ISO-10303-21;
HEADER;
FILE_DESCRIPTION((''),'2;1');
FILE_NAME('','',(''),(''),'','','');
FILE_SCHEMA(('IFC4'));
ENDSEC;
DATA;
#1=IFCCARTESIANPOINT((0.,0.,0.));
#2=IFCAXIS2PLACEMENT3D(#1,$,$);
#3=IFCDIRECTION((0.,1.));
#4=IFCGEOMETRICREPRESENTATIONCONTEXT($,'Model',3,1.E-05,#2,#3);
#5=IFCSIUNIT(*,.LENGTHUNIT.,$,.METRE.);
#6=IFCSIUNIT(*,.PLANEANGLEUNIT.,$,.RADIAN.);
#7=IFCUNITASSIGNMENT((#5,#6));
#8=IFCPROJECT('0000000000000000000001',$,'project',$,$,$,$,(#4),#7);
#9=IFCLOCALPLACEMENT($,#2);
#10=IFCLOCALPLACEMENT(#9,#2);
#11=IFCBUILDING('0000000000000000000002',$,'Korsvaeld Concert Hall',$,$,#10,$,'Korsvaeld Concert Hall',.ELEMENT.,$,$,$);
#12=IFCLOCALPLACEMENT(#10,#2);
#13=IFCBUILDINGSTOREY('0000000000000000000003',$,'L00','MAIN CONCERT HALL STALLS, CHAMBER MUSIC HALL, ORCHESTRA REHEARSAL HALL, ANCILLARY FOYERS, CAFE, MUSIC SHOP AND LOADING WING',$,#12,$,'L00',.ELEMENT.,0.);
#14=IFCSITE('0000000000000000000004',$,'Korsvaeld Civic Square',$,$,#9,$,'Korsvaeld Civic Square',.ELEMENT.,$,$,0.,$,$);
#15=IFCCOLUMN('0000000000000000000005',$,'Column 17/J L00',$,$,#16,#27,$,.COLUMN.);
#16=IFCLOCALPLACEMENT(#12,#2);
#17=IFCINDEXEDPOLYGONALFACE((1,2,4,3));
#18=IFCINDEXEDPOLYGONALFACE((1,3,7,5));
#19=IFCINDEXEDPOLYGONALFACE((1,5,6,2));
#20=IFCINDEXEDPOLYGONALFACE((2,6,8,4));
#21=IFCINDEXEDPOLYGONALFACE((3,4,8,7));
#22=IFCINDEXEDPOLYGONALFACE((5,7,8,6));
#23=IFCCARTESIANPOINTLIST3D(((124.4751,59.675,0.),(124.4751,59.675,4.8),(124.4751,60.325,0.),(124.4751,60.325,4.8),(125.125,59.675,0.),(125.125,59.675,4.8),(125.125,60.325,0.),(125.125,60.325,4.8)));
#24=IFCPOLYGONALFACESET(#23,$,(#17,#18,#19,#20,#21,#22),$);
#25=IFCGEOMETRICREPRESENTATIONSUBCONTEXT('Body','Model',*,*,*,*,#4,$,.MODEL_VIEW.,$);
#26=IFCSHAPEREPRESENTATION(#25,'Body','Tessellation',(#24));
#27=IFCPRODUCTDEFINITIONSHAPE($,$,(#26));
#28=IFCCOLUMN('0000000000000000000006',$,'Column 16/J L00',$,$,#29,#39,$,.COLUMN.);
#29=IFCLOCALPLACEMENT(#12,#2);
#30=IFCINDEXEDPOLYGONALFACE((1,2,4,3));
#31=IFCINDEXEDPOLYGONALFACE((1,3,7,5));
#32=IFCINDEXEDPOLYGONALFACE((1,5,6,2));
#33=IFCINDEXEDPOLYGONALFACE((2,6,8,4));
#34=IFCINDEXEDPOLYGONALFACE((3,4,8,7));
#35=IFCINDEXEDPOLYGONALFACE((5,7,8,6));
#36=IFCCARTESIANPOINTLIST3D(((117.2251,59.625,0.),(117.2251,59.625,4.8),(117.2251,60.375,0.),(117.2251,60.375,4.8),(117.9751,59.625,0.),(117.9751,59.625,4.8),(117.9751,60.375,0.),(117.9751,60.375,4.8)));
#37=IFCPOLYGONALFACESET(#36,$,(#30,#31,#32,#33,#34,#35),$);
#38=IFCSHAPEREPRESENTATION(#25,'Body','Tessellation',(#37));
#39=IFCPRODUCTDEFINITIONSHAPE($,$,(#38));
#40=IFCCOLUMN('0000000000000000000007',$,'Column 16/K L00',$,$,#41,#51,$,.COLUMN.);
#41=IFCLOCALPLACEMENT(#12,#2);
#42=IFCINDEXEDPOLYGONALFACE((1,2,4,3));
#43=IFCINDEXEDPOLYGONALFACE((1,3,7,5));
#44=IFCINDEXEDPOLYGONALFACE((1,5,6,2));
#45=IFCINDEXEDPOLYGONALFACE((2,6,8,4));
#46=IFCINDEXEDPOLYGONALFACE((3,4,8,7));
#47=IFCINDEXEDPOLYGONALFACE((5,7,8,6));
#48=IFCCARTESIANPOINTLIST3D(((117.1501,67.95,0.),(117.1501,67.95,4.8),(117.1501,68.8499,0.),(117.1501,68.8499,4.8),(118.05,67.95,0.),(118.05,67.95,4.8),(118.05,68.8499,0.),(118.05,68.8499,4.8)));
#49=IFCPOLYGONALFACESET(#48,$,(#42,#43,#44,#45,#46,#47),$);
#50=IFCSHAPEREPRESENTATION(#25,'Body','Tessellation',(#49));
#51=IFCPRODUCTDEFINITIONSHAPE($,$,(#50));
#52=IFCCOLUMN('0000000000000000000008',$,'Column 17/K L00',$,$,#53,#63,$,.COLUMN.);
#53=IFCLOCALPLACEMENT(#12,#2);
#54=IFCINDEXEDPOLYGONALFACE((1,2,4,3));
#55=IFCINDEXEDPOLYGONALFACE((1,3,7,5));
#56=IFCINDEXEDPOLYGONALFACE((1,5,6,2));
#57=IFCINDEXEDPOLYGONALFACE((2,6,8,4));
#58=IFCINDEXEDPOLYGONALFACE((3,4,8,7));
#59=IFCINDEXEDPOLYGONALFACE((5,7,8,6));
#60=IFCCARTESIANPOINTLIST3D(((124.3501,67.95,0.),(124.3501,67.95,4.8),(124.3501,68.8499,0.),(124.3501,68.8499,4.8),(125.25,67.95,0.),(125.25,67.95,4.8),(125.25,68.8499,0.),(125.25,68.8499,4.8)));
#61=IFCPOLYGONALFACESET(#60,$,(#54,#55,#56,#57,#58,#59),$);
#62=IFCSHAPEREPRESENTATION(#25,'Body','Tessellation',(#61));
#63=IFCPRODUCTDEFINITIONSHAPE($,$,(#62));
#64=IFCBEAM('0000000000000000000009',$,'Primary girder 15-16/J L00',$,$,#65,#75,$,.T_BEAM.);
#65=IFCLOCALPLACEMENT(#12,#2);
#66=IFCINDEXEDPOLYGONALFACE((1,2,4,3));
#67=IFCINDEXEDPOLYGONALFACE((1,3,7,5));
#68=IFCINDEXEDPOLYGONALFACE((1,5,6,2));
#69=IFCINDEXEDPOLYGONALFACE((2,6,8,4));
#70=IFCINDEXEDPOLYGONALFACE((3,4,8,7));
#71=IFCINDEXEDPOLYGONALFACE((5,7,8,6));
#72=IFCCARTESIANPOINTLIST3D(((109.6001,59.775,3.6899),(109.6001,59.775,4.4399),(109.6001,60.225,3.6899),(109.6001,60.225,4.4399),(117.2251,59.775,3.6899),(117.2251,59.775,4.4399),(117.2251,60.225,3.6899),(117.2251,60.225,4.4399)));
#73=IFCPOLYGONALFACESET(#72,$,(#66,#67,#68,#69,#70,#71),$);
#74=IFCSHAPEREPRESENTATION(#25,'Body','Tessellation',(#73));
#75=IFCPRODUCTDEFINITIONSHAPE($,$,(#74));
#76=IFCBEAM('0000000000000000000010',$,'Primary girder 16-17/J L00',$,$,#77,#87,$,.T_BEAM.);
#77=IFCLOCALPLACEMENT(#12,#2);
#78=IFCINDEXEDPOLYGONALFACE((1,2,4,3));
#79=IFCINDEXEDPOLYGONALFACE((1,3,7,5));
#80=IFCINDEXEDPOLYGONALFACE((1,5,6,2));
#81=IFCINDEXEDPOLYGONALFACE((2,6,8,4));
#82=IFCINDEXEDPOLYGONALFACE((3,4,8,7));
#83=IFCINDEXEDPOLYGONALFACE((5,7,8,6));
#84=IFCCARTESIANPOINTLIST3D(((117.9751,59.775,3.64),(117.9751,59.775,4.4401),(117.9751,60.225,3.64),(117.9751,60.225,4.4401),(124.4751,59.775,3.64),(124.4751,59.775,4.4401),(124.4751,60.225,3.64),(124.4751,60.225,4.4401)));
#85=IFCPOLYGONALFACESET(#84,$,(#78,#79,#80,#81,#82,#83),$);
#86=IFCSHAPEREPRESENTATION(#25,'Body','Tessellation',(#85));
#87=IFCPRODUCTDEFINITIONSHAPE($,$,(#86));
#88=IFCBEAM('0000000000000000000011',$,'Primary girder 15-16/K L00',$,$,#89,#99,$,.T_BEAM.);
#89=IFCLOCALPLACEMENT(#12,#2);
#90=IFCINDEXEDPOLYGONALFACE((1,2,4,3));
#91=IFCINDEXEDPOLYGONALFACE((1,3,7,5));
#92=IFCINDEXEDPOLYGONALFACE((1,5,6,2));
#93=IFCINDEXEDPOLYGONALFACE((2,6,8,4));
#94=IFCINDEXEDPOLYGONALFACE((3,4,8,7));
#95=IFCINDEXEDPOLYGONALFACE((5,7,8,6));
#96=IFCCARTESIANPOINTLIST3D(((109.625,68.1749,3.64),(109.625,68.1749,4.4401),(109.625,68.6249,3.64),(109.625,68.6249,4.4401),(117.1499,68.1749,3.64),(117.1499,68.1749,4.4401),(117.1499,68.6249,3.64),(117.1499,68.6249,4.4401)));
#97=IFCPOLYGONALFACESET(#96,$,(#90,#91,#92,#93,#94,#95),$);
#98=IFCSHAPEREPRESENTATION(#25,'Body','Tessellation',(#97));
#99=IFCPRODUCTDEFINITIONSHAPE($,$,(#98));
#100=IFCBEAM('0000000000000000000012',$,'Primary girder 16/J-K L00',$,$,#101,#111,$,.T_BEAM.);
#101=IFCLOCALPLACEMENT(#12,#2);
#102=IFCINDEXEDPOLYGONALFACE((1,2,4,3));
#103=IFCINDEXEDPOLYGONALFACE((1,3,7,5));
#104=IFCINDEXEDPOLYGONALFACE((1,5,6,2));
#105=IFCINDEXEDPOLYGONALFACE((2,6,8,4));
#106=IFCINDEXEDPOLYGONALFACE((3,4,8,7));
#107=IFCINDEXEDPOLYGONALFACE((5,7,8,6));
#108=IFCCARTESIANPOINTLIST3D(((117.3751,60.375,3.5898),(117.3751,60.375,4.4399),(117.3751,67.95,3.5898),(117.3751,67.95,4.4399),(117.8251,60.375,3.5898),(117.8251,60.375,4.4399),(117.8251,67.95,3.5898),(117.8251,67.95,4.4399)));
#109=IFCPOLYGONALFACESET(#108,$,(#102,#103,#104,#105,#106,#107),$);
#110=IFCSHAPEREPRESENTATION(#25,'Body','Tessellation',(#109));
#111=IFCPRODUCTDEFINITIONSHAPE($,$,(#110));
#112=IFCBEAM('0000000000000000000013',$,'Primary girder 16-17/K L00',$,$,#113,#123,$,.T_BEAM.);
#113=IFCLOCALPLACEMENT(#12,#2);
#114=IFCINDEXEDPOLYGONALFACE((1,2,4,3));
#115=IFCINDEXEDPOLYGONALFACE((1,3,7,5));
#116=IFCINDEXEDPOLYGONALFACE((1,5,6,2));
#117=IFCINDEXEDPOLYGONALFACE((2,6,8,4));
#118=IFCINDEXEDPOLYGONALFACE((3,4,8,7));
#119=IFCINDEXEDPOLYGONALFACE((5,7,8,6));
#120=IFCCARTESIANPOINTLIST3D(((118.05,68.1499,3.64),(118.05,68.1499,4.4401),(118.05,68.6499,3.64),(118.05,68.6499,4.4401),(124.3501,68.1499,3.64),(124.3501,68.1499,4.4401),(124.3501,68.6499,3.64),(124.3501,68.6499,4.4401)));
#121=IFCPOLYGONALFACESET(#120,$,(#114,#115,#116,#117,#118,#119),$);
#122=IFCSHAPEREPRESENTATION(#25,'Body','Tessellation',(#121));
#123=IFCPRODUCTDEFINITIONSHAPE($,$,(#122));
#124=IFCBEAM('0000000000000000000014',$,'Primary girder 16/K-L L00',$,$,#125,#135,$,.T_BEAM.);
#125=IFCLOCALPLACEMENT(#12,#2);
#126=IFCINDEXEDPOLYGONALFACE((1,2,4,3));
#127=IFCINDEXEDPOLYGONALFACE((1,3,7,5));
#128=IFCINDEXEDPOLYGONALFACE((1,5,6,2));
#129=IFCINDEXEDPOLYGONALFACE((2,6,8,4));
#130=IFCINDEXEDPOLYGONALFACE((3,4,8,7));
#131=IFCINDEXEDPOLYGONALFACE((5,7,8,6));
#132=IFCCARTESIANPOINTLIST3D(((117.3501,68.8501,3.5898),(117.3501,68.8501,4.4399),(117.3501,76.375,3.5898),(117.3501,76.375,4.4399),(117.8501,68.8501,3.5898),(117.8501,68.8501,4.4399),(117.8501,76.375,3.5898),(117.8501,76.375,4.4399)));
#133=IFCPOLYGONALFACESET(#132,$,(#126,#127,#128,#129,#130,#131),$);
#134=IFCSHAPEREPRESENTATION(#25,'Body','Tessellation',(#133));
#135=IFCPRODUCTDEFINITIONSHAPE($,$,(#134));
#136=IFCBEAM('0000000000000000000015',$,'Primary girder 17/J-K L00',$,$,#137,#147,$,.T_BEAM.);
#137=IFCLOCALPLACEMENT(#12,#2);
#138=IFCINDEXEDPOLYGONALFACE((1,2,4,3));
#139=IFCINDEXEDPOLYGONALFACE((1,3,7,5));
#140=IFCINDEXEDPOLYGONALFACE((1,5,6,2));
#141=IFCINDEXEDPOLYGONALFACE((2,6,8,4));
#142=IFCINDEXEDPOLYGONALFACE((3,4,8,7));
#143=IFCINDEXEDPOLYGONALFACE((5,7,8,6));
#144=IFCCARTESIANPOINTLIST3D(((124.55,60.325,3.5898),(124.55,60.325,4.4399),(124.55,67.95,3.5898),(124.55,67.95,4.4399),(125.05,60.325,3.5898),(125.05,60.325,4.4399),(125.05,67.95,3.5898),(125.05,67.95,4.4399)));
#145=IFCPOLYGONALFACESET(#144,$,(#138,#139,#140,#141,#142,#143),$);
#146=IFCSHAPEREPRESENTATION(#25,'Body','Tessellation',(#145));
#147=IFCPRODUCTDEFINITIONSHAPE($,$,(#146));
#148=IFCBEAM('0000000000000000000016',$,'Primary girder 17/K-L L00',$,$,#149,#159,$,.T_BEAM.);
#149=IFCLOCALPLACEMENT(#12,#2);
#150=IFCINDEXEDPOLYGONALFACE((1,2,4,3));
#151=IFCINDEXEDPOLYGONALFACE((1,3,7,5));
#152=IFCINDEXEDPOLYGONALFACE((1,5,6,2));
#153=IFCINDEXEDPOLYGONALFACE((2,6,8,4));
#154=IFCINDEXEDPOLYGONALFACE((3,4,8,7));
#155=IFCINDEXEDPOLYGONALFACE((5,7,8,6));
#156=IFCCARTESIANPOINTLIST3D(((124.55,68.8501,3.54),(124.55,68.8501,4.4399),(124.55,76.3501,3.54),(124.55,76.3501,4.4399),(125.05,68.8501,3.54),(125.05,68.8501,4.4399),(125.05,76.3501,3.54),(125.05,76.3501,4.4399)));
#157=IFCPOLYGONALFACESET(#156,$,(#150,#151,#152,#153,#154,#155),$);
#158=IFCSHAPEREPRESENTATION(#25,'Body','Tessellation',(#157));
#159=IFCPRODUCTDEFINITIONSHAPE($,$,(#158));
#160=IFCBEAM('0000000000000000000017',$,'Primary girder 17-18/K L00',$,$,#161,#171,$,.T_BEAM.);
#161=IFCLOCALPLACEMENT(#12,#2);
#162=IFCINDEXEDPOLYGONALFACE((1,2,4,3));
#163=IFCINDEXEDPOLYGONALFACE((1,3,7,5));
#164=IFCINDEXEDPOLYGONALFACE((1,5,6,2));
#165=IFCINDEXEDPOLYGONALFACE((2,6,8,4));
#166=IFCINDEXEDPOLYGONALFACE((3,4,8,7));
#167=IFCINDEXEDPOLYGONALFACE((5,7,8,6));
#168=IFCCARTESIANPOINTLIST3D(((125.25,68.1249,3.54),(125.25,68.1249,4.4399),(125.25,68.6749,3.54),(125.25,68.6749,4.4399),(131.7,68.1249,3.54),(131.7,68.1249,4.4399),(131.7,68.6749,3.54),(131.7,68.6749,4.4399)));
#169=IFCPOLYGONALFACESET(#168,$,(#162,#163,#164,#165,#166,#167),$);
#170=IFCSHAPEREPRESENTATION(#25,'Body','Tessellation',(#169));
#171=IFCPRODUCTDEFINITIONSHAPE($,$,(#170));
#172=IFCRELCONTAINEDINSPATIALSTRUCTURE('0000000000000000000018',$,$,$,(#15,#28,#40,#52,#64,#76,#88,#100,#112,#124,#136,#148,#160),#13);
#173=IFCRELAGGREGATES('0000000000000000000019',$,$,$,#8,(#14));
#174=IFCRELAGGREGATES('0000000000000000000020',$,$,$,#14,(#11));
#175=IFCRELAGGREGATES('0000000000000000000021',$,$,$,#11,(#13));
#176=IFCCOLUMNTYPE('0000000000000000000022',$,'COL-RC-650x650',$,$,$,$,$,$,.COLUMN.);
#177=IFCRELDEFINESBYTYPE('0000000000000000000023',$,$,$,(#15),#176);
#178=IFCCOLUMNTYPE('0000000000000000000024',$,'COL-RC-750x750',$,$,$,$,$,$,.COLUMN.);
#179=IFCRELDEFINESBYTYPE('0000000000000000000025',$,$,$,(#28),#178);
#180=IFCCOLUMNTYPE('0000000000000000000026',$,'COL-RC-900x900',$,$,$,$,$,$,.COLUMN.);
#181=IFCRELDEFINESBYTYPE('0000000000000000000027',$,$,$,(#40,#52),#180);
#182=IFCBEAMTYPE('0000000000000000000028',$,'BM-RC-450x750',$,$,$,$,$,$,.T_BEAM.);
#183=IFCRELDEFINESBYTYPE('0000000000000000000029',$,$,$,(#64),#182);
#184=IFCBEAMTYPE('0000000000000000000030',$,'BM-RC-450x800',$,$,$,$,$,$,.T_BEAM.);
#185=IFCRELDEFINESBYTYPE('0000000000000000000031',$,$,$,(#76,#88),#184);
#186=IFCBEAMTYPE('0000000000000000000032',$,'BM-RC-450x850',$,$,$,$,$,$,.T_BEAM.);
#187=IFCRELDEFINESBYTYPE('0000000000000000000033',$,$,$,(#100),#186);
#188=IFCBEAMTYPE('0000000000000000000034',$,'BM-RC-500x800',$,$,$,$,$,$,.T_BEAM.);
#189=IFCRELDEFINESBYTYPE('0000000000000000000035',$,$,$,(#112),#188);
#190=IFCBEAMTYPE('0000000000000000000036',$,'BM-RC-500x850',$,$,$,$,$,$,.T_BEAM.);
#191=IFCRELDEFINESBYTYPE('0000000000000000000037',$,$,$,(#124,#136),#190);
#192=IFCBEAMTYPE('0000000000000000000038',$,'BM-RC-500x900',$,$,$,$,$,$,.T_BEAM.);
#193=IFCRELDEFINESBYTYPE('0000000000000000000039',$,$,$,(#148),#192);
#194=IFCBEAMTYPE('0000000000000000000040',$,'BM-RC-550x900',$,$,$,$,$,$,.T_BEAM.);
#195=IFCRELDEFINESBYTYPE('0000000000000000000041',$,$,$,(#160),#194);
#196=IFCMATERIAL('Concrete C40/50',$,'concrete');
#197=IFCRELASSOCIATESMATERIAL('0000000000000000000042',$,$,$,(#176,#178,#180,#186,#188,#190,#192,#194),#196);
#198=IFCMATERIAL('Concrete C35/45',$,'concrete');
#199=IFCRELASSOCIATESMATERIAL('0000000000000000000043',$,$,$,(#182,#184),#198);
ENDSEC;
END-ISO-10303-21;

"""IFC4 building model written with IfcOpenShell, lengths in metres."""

from ifc_helpers import new_model, si_unit, direction, frame, origin, origin_2d, place, context, subcontext, project, spatial, rectangle, extrude, material, material_profile, profile_set, type_object, element, save


model = new_model("IFC4")

# Units and contexts
model_context = context("Model", 3, precision=1e-05, world=origin(), true_north=direction((0.0, 1.0)))
body_context = subcontext(model_context, "Body", "Model", "MODEL_VIEW")
ifc_project = project(units=[si_unit("LENGTHUNIT", "METRE"), si_unit("PLANEANGLEUNIT", "RADIAN")], contexts=[model_context])

# Site, building, storey
site_placement = place(None, origin())
site = spatial("IfcSite", under=ifc_project, at=site_placement, Name="Korsvaeld Civic Square", LongName="Korsvaeld Civic Square", CompositionType="ELEMENT", RefElevation=0.0)
building_placement = place(site_placement, origin())
building = spatial("IfcBuilding", under=site, at=building_placement, Name="Korsvaeld Concert Hall", LongName="Korsvaeld Concert Hall", CompositionType="ELEMENT")
storey_placement = place(building_placement, origin())
storey = spatial("IfcBuildingStorey", under=building, at=storey_placement, Name="L00", Description="MAIN CONCERT HALL STALLS, CHAMBER MUSIC HALL, ORCHESTRA REHEARSAL HALL, ANCILLARY FOYERS, CAFE, MUSIC SHOP AND LOADING WING", LongName="L00", CompositionType="ELEMENT", Elevation=0.0)

# Columns
ifc_material_1 = material(Name="Concrete C40/50", Category="concrete")
ifc_material_profile_1 = material_profile(ifc_material_1, rectangle(XDim=0.6499, YDim=0.6499, at=origin_2d()), Name="RC 650x650")
ifc_profile_set_1 = profile_set([ifc_material_profile_1], Name="Concrete C40/50")
column_type_1 = type_object("IfcColumnType", Name="COL-RC-650x650", PredefinedType="COLUMN", material=ifc_profile_set_1)
column_1_placement = place(storey_placement, frame((124.8, 60.0, 0.0), z_axis=(0.0, 0.0, 1.0), x_axis=(1.0, 0.0, 0.0)))
element("IfcColumn", 1, at=column_1_placement, inside=storey, type_object=column_type_1, Name="Column 17/J L00", PredefinedType="COLUMN", context=body_context, shape_type="SweptSolid", body=[
    extrude(rectangle(XDim=0.6499, YDim=0.6499, at=origin_2d()), origin(), (0.0, 0.0, 1.0), 4.8),
])
ifc_material_profile_2 = material_profile(ifc_material_1, rectangle(XDim=0.75, YDim=0.75, at=origin_2d()), Name="RC 750x750")
ifc_profile_set_2 = profile_set([ifc_material_profile_2], Name="Concrete C40/50")
column_type_2 = type_object("IfcColumnType", Name="COL-RC-750x750", PredefinedType="COLUMN", material=ifc_profile_set_2)
column_2_placement = place(storey_placement, frame((117.6001, 60.0, 0.0), z_axis=(0.0, 0.0, 1.0), x_axis=(1.0, 0.0, 0.0)))
element("IfcColumn", 2, at=column_2_placement, inside=storey, type_object=column_type_2, Name="Column 16/J L00", PredefinedType="COLUMN", context=body_context, shape_type="SweptSolid", body=[
    extrude(rectangle(XDim=0.75, YDim=0.75, at=origin_2d()), origin(), (0.0, 0.0, 1.0), 4.8),
])
ifc_material_profile_3 = material_profile(ifc_material_1, rectangle(XDim=0.8999, YDim=0.8999, at=origin_2d()), Name="RC 900x900")
ifc_profile_set_3 = profile_set([ifc_material_profile_3], Name="Concrete C40/50")
column_type_3 = type_object("IfcColumnType", Name="COL-RC-900x900", PredefinedType="COLUMN", material=ifc_profile_set_3)
for number, where, z_axis, x_axis, name in (
    (3, (117.6001, 68.3999, 0.0), (0.0, 0.0, 1.0), (1.0, 0.0, 0.0), "Column 16/K L00"),
    (4, (124.8, 68.3999, 0.0), (0.0, 0.0, 1.0), (1.0, 0.0, 0.0), "Column 17/K L00"),
):
    element("IfcColumn", number, at=place(storey_placement, frame(where, z_axis=z_axis, x_axis=x_axis)), inside=storey, type_object=column_type_3, Name=name, PredefinedType="COLUMN", context=body_context, shape_type="SweptSolid", body=[
        extrude(rectangle(XDim=0.8999, YDim=0.8999, at=origin_2d()), origin(), (0.0, 0.0, 1.0), 4.8),
    ])

# Beams
ifc_material_2 = material(Name="Concrete C35/45", Category="concrete")
ifc_material_profile_4 = material_profile(ifc_material_2, rectangle(XDim=0.45, YDim=0.75, at=origin_2d()), Name="RC 450x750")
ifc_profile_set_4 = profile_set([ifc_material_profile_4], Name="Concrete C35/45")
beam_type_1 = type_object("IfcBeamType", Name="BM-RC-450x750", PredefinedType="T_BEAM", material=ifc_profile_set_4)
beam_1_placement = place(storey_placement, frame((109.6001, 60.0, 4.0649), z_axis=(1.0, 0.0, 0.0), x_axis=(0.0, 1.0, 0.0)))
element("IfcBeam", 5, at=beam_1_placement, inside=storey, type_object=beam_type_1, Name="Primary girder 15-16/J L00", PredefinedType="T_BEAM", context=body_context, shape_type="SweptSolid", body=[
    extrude(rectangle(XDim=0.45, YDim=0.75, at=origin_2d()), origin(), (0.0, 0.0, 1.0), 7.625),
])
ifc_material_profile_5 = material_profile(ifc_material_2, rectangle(XDim=0.45, YDim=0.8, at=origin_2d()), Name="RC 450x800")
ifc_profile_set_5 = profile_set([ifc_material_profile_5], Name="Concrete C35/45")
beam_type_2 = type_object("IfcBeamType", Name="BM-RC-450x800", PredefinedType="T_BEAM", material=ifc_profile_set_5)
beam_2_placement = place(storey_placement, frame((117.9751, 60.0, 4.04), z_axis=(1.0, 0.0, 0.0), x_axis=(0.0, 1.0, 0.0)))
element("IfcBeam", 6, at=beam_2_placement, inside=storey, type_object=beam_type_2, Name="Primary girder 16-17/J L00", PredefinedType="T_BEAM", context=body_context, shape_type="SweptSolid", body=[
    extrude(rectangle(XDim=0.45, YDim=0.8, at=origin_2d()), origin(), (0.0, 0.0, 1.0), 6.5),
])
beam_3_placement = place(storey_placement, frame((109.625, 68.3999, 4.04), z_axis=(1.0, 0.0, 0.0), x_axis=(0.0, 1.0, 0.0)))
element("IfcBeam", 7, at=beam_3_placement, inside=storey, type_object=beam_type_2, Name="Primary girder 15-16/K L00", PredefinedType="T_BEAM", context=body_context, shape_type="SweptSolid", body=[
    extrude(rectangle(XDim=0.45, YDim=0.8, at=origin_2d()), origin(), (0.0, 0.0, 1.0), 7.5249),
])
ifc_material_profile_6 = material_profile(ifc_material_1, rectangle(XDim=0.45, YDim=0.8501, at=origin_2d()), Name="RC 450x850")
ifc_profile_set_6 = profile_set([ifc_material_profile_6], Name="Concrete C40/50")
beam_type_3 = type_object("IfcBeamType", Name="BM-RC-450x850", PredefinedType="T_BEAM", material=ifc_profile_set_6)
beam_4_placement = place(storey_placement, frame((117.6001, 60.375, 4.0149), z_axis=(0.0, 1.0, 0.0), x_axis=(-1.0, 0.0, 0.0)))
element("IfcBeam", 8, at=beam_4_placement, inside=storey, type_object=beam_type_3, Name="Primary girder 16/J-K L00", PredefinedType="T_BEAM", context=body_context, shape_type="SweptSolid", body=[
    extrude(rectangle(XDim=0.45, YDim=0.8501, at=origin_2d()), origin(), (0.0, 0.0, 1.0), 7.575),
])
ifc_material_profile_7 = material_profile(ifc_material_1, rectangle(XDim=0.5, YDim=0.8, at=origin_2d()), Name="RC 500x800")
ifc_profile_set_7 = profile_set([ifc_material_profile_7], Name="Concrete C40/50")
beam_type_4 = type_object("IfcBeamType", Name="BM-RC-500x800", PredefinedType="T_BEAM", material=ifc_profile_set_7)
beam_5_placement = place(storey_placement, frame((118.05, 68.3999, 4.04), z_axis=(1.0, 0.0, 0.0), x_axis=(0.0, 1.0, 0.0)))
element("IfcBeam", 9, at=beam_5_placement, inside=storey, type_object=beam_type_4, Name="Primary girder 16-17/K L00", PredefinedType="T_BEAM", context=body_context, shape_type="SweptSolid", body=[
    extrude(rectangle(XDim=0.5, YDim=0.8, at=origin_2d()), origin(), (0.0, 0.0, 1.0), 6.3),
])
ifc_material_profile_8 = material_profile(ifc_material_1, rectangle(XDim=0.5, YDim=0.8501, at=origin_2d()), Name="RC 500x850")
ifc_profile_set_8 = profile_set([ifc_material_profile_8], Name="Concrete C40/50")
beam_type_5 = type_object("IfcBeamType", Name="BM-RC-500x850", PredefinedType="T_BEAM", material=ifc_profile_set_8)
beam_6_placement = place(storey_placement, frame((117.6001, 68.8501, 4.0149), z_axis=(0.0, 1.0, 0.0), x_axis=(-1.0, 0.0, 0.0)))
element("IfcBeam", 10, at=beam_6_placement, inside=storey, type_object=beam_type_5, Name="Primary girder 16/K-L L00", PredefinedType="T_BEAM", context=body_context, shape_type="SweptSolid", body=[
    extrude(rectangle(XDim=0.5, YDim=0.8501, at=origin_2d()), origin(), (0.0, 0.0, 1.0), 7.5249),
])
beam_7_placement = place(storey_placement, frame((124.8, 60.325, 4.0149), z_axis=(0.0, 1.0, 0.0), x_axis=(-1.0, 0.0, 0.0)))
element("IfcBeam", 11, at=beam_7_placement, inside=storey, type_object=beam_type_5, Name="Primary girder 17/J-K L00", PredefinedType="T_BEAM", context=body_context, shape_type="SweptSolid", body=[
    extrude(rectangle(XDim=0.5, YDim=0.8501, at=origin_2d()), origin(), (0.0, 0.0, 1.0), 7.625),
])
ifc_material_profile_9 = material_profile(ifc_material_1, rectangle(XDim=0.5, YDim=0.8999, at=origin_2d()), Name="RC 500x900")
ifc_profile_set_9 = profile_set([ifc_material_profile_9], Name="Concrete C40/50")
beam_type_6 = type_object("IfcBeamType", Name="BM-RC-500x900", PredefinedType="T_BEAM", material=ifc_profile_set_9)
beam_8_placement = place(storey_placement, frame((124.8, 68.8501, 3.99), z_axis=(0.0, 1.0, 0.0), x_axis=(-1.0, 0.0, 0.0)))
element("IfcBeam", 12, at=beam_8_placement, inside=storey, type_object=beam_type_6, Name="Primary girder 17/K-L L00", PredefinedType="T_BEAM", context=body_context, shape_type="SweptSolid", body=[
    extrude(rectangle(XDim=0.5, YDim=0.8999, at=origin_2d()), origin(), (0.0, 0.0, 1.0), 7.5),
])
ifc_material_profile_10 = material_profile(ifc_material_1, rectangle(XDim=0.55, YDim=0.8999, at=origin_2d()), Name="RC 550x900")
ifc_profile_set_10 = profile_set([ifc_material_profile_10], Name="Concrete C40/50")
beam_type_7 = type_object("IfcBeamType", Name="BM-RC-550x900", PredefinedType="T_BEAM", material=ifc_profile_set_10)
beam_9_placement = place(storey_placement, frame((125.25, 68.3999, 3.99), z_axis=(1.0, 0.0, 0.0), x_axis=(0.0, 1.0, 0.0)))
element("IfcBeam", 13, at=beam_9_placement, inside=storey, type_object=beam_type_7, Name="Primary girder 17-18/K L00", PredefinedType="T_BEAM", context=body_context, shape_type="SweptSolid", body=[
    extrude(rectangle(XDim=0.55, YDim=0.8999, at=origin_2d()), origin(), (0.0, 0.0, 1.0), 6.45),
])

save(model, "model.ifc")
